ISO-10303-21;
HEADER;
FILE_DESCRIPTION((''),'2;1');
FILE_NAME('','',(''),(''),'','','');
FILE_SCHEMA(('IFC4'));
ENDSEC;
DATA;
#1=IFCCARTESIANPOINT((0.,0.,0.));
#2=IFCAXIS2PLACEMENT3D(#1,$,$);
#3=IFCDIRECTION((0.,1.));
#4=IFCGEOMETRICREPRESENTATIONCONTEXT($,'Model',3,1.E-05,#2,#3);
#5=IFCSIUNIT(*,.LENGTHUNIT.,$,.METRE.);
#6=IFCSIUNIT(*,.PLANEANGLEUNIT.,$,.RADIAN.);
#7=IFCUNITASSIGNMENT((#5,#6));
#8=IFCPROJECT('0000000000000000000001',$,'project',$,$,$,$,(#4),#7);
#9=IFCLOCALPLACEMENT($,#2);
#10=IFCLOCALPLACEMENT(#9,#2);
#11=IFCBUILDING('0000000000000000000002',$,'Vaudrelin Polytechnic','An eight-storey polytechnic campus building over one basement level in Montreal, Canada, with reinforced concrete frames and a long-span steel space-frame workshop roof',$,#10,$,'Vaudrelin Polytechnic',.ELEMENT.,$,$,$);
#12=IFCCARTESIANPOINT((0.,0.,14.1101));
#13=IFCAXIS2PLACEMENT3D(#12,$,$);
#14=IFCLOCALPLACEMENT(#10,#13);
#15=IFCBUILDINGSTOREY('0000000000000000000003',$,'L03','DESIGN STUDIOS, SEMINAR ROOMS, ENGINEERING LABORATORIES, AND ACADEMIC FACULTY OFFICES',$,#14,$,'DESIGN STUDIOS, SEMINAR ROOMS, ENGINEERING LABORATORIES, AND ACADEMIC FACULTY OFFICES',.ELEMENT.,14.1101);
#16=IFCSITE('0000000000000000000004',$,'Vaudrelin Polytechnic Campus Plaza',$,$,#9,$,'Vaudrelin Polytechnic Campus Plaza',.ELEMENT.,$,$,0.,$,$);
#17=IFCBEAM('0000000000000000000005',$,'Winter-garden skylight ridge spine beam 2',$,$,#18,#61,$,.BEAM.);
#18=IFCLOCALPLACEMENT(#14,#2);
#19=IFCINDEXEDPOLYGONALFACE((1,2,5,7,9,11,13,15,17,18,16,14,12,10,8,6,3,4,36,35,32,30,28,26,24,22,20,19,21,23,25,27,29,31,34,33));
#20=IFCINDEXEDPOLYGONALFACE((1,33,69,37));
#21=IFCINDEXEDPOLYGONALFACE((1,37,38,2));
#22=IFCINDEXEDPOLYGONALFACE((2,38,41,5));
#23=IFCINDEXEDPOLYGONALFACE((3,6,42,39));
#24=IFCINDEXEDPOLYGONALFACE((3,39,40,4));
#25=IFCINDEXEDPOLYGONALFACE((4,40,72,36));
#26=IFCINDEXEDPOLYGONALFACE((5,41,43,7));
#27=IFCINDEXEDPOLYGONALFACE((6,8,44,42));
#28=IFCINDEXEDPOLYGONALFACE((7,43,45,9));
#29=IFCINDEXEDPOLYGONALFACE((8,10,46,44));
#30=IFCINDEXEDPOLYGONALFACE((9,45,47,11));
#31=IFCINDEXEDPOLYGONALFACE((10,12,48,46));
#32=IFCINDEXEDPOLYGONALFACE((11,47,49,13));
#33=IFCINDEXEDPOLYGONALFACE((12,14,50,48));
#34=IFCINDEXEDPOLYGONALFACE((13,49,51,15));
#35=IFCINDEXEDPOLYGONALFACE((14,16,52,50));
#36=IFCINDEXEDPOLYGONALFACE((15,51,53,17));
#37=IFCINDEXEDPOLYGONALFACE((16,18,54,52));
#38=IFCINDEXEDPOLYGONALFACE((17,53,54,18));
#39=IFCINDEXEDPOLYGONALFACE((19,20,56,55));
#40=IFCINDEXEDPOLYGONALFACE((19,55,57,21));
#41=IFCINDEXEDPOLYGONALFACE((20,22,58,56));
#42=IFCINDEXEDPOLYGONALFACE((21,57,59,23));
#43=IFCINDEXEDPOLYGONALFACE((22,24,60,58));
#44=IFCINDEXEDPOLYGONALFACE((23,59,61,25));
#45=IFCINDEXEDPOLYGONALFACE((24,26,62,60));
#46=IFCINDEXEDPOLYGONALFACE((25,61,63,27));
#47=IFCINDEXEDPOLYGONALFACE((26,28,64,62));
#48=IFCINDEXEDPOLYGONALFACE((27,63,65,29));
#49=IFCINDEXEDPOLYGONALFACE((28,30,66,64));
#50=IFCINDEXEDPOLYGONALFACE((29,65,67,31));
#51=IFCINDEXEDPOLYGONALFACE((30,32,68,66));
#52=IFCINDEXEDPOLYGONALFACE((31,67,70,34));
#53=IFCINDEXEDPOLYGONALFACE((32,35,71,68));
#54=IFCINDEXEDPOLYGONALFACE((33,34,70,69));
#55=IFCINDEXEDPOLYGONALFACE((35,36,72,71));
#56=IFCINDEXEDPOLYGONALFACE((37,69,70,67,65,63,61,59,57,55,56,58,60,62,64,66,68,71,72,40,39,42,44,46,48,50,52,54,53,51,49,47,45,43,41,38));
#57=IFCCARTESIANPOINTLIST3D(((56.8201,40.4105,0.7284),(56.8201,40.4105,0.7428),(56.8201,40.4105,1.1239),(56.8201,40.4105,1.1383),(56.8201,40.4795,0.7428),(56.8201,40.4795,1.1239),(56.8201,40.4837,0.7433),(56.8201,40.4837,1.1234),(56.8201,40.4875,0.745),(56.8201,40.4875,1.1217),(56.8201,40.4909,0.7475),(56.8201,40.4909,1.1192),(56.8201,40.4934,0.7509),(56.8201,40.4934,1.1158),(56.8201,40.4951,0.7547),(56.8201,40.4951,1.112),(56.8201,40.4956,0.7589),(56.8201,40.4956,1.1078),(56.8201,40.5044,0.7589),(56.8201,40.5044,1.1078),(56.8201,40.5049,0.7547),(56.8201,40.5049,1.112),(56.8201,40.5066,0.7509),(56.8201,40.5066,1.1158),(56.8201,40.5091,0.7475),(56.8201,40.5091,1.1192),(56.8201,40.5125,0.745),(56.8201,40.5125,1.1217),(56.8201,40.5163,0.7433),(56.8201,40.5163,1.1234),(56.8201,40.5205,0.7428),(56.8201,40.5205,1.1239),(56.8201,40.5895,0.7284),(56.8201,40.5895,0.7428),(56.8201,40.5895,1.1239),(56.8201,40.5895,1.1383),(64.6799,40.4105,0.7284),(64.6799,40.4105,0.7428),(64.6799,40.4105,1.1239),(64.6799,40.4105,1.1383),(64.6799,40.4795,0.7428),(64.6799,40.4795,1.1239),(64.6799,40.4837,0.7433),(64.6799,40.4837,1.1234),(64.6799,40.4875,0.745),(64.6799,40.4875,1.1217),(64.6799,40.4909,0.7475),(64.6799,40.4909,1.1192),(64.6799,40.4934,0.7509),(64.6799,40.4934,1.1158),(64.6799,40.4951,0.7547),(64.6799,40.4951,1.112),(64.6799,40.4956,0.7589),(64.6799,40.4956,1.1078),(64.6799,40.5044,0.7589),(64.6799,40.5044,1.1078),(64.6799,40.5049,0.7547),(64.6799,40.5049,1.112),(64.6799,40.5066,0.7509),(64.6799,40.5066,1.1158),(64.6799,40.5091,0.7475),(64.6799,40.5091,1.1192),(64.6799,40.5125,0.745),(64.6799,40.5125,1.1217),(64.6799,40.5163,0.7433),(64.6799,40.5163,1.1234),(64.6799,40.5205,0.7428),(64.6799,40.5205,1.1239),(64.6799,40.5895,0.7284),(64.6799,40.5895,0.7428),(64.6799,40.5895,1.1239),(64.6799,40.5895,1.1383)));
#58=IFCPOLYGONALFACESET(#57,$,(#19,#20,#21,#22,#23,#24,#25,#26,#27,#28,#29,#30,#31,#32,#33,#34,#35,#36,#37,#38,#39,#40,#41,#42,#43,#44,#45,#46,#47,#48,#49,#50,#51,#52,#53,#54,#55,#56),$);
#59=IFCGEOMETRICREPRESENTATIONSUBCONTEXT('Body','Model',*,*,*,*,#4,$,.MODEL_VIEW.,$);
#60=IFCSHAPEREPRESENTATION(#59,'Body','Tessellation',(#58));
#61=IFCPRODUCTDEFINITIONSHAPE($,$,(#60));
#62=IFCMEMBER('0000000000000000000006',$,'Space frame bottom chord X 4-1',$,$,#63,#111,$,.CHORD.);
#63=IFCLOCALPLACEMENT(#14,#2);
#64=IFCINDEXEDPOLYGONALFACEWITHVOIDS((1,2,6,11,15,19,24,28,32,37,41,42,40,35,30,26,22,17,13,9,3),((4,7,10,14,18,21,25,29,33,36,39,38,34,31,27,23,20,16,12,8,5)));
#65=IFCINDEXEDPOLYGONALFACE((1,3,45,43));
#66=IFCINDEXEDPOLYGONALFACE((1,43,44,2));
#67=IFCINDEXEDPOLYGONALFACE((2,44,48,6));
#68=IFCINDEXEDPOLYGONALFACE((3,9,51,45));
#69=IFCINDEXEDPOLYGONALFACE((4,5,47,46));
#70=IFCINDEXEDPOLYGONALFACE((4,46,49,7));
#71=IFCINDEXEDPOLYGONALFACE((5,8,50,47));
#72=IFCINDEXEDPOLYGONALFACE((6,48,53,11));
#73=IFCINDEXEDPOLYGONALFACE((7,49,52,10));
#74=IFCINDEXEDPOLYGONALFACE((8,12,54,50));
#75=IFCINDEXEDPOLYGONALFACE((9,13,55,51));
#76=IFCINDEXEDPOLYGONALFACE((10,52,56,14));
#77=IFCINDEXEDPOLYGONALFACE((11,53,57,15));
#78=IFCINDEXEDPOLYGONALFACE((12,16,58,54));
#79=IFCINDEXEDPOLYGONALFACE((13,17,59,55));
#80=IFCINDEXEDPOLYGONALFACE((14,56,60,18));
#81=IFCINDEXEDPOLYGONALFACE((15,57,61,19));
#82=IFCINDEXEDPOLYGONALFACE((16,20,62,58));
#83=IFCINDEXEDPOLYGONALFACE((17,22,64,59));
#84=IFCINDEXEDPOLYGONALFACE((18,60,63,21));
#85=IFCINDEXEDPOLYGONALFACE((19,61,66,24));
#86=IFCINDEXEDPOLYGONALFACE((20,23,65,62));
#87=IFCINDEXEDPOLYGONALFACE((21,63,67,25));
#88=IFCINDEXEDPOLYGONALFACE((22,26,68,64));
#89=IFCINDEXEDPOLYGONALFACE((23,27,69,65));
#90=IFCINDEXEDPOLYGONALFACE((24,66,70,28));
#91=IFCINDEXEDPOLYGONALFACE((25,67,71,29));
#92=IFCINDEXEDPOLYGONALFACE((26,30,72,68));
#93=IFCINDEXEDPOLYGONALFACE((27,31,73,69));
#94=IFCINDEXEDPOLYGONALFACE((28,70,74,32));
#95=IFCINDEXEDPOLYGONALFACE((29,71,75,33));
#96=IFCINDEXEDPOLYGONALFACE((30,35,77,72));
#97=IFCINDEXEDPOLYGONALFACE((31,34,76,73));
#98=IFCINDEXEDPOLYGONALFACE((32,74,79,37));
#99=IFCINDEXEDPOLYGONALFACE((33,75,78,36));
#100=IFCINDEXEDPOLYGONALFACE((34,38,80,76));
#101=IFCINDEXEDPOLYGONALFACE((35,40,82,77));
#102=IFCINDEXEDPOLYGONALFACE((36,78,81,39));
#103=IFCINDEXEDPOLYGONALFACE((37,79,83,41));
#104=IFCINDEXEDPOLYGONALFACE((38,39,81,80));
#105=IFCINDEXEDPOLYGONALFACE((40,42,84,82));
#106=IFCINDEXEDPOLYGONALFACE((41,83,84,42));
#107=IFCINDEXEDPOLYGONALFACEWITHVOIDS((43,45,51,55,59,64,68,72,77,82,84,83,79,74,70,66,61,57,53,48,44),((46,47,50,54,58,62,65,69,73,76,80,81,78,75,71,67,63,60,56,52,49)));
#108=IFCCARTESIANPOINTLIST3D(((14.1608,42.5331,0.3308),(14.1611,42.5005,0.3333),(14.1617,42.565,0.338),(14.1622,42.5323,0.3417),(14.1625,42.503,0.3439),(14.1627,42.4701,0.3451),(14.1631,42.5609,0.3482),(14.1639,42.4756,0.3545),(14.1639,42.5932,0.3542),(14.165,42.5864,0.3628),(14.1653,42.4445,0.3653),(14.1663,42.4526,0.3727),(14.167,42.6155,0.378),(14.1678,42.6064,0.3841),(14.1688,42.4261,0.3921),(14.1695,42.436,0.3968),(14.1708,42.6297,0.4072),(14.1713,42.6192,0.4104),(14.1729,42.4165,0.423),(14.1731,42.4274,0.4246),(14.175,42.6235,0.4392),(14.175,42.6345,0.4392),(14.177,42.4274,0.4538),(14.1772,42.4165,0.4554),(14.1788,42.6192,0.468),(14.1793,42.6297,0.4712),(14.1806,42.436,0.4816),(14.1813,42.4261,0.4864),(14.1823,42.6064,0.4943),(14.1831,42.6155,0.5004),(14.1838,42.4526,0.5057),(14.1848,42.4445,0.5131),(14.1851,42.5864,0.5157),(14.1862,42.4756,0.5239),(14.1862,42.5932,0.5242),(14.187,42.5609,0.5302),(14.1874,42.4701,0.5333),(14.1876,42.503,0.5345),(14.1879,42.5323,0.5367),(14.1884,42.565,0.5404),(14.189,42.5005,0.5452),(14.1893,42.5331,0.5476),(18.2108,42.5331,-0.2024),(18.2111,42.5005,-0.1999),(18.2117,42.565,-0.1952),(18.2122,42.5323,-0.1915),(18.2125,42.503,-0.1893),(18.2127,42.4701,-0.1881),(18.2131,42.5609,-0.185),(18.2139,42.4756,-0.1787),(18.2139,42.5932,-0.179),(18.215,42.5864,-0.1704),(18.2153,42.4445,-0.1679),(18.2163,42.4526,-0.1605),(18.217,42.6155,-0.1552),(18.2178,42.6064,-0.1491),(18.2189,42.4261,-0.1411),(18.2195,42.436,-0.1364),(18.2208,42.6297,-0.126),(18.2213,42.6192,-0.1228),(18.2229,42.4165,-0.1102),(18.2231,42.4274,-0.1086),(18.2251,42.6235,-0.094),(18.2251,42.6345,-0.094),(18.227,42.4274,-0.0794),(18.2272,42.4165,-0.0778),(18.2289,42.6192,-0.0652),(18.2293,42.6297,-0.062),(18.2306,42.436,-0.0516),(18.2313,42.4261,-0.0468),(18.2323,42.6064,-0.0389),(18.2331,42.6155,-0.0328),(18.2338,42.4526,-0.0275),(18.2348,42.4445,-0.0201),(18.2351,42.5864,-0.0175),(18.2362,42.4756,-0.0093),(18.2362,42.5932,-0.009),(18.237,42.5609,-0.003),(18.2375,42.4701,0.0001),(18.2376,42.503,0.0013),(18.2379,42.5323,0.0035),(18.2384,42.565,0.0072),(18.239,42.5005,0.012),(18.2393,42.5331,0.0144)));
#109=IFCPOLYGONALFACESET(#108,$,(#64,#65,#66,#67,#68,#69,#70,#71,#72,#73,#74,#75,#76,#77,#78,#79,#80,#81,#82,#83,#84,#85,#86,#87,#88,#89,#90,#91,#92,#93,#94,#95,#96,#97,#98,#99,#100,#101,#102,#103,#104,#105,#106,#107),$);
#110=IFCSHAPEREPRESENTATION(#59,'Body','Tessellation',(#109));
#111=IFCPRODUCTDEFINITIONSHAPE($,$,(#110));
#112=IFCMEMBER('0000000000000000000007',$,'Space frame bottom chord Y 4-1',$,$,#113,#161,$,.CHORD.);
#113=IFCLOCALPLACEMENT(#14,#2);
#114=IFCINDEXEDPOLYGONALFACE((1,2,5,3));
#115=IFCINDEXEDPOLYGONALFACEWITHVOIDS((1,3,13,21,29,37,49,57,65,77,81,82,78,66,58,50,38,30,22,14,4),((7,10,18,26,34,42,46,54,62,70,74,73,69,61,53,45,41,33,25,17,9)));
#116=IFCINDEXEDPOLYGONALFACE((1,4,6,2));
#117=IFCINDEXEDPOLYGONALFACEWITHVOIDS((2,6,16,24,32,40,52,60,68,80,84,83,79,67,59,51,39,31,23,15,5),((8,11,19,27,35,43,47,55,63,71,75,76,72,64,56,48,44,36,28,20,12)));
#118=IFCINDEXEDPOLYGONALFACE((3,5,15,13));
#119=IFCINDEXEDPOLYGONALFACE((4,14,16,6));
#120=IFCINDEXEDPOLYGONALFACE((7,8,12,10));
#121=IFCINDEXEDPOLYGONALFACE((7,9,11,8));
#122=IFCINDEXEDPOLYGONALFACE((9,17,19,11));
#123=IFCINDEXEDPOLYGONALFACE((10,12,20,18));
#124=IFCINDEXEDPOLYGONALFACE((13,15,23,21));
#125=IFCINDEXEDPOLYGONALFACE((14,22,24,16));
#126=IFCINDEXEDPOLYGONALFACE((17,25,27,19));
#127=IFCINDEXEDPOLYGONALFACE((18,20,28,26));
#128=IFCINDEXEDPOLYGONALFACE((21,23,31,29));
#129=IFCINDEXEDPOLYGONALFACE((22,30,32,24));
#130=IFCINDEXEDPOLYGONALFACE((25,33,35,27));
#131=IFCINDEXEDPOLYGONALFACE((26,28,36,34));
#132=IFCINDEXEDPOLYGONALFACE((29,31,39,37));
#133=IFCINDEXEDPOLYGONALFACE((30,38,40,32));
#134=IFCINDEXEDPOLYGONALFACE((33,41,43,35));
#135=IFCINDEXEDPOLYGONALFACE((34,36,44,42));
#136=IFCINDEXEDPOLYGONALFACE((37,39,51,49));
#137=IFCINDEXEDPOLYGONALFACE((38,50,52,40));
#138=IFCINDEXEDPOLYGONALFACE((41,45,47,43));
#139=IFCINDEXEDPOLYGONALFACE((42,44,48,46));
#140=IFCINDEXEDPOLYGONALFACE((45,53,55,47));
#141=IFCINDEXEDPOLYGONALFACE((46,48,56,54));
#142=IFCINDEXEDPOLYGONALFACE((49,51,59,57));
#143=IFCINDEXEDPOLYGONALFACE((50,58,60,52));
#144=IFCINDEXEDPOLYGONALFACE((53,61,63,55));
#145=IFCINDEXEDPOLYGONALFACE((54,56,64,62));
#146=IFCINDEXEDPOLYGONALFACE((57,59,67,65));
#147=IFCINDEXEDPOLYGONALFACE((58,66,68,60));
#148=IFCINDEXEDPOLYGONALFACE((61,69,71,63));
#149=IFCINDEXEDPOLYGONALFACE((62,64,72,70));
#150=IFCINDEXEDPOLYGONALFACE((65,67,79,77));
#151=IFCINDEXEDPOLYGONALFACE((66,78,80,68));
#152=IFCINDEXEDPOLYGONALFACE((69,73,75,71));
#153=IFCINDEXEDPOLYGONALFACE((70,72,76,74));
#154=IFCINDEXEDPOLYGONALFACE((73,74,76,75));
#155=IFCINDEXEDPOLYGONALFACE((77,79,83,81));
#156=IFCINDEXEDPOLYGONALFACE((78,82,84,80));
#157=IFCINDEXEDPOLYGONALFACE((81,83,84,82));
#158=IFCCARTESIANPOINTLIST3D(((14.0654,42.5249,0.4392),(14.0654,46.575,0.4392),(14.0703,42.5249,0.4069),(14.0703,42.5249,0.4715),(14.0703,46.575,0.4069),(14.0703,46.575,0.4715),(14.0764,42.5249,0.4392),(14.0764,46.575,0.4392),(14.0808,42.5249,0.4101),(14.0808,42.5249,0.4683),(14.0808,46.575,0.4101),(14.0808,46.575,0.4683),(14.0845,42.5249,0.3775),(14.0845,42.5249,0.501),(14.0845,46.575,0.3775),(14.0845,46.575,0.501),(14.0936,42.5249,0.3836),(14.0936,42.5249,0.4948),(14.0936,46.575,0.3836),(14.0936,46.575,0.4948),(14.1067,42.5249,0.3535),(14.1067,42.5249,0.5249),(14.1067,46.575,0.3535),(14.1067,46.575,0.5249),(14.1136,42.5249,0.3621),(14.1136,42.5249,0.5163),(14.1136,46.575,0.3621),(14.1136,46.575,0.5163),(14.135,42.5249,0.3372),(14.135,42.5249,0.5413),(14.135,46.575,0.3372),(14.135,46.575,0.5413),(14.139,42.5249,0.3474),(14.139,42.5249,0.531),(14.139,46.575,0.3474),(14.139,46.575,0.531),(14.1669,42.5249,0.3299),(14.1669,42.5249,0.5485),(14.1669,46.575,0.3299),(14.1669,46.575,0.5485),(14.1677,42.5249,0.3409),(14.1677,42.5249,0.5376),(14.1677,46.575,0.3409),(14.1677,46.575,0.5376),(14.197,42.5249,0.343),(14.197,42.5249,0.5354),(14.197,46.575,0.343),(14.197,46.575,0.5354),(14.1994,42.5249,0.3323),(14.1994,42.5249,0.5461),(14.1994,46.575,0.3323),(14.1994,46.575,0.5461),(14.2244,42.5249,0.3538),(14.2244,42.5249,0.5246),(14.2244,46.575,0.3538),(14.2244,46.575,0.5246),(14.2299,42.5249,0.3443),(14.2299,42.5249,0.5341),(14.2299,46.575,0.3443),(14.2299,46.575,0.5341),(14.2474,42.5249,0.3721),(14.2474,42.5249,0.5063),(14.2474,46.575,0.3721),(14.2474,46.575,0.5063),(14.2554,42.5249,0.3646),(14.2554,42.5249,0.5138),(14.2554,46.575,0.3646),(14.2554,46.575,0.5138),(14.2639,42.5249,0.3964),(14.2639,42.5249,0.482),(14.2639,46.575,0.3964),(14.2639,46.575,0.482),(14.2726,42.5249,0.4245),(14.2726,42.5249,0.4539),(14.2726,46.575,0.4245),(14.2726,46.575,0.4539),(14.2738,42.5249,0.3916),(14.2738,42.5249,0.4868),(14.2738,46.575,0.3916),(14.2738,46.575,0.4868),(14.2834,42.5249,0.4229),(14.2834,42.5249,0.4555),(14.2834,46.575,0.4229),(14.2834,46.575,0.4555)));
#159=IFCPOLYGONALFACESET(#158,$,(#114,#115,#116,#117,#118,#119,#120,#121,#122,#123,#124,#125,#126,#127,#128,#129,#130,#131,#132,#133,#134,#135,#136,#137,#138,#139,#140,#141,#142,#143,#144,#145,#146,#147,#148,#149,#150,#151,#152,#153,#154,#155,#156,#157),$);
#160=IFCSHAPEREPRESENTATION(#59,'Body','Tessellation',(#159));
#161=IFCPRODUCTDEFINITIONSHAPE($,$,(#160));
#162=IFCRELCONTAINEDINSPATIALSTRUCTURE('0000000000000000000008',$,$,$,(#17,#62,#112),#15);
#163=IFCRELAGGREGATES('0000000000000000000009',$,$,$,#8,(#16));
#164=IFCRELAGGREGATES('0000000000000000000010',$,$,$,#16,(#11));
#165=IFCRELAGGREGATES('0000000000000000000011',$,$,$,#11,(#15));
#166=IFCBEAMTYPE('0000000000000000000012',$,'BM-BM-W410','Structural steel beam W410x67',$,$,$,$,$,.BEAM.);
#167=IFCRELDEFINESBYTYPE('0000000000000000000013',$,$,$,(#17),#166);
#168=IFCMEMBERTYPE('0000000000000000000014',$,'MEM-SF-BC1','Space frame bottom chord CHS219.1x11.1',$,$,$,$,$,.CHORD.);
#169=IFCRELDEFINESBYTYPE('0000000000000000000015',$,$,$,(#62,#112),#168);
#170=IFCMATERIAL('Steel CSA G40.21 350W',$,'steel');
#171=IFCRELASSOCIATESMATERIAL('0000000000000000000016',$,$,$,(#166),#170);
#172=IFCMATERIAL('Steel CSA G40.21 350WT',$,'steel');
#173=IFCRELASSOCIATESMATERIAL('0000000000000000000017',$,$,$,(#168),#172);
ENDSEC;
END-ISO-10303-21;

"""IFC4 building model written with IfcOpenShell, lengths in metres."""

from ifc_helpers import new_model, si_unit, direction, frame, origin, origin_2d, place, context, subcontext, project, spatial, hollow_circle, i_section, extrude, material, material_profile, profile_set, type_object, element, save


model = new_model("IFC4")

# Units and contexts
model_context = context("Model", 3, precision=1e-05, world=origin(), true_north=direction((0.0, 1.0)))
body_context = subcontext(model_context, "Body", "Model", "MODEL_VIEW")
ifc_project = project(units=[si_unit("LENGTHUNIT", "METRE"), si_unit("PLANEANGLEUNIT", "RADIAN")], contexts=[model_context])

# Site, building, storey
site_placement = place(None, origin())
site = spatial("IfcSite", under=ifc_project, at=site_placement, Name="Vaudrelin Polytechnic Campus Plaza", LongName="Vaudrelin Polytechnic Campus Plaza", CompositionType="ELEMENT", RefElevation=0.0)
building_placement = place(site_placement, origin())
building = spatial("IfcBuilding", under=site, at=building_placement, Name="Vaudrelin Polytechnic", Description="An eight-storey polytechnic campus building over one basement level in Montreal, Canada, with reinforced concrete frames and a long-span steel space-frame workshop roof", LongName="Vaudrelin Polytechnic", CompositionType="ELEMENT")
storey_placement = place(building_placement, frame((0.0, 0.0, 14.1101)))
storey = spatial("IfcBuildingStorey", under=building, at=storey_placement, Name="L03", Description="DESIGN STUDIOS, SEMINAR ROOMS, ENGINEERING LABORATORIES, AND ACADEMIC FACULTY OFFICES", LongName="DESIGN STUDIOS, SEMINAR ROOMS, ENGINEERING LABORATORIES, AND ACADEMIC FACULTY OFFICES", CompositionType="ELEMENT", Elevation=14.1101)

# Shared definitions
ifc_material_1 = material(Name="Steel CSA G40.21 350W", Category="steel")

# Beam
ifc_material_profile_1 = material_profile(ifc_material_1, i_section(OverallWidth=0.179, OverallDepth=0.4099, WebThickness=0.0088, FlangeThickness=0.0144, FilletRadius=0.0161, at=origin_2d()), Name="W410x67")
ifc_profile_set_1 = profile_set([ifc_material_profile_1], Name="Steel CSA G40.21 350W")
beam_type = type_object("IfcBeamType", Name="BM-BM-W410", Description="Structural steel beam W410x67", PredefinedType="BEAM", material=ifc_profile_set_1)
beam_1_placement = place(storey_placement, frame((56.8201, 40.5, 0.9333), z_axis=(1.0, 0.0, 0.0), x_axis=(0.0, 1.0, 0.0)))
element("IfcBeam", 1, at=beam_1_placement, inside=storey, type_object=beam_type, Name="Winter-garden skylight ridge spine beam 2", PredefinedType="BEAM", context=body_context, shape_type="SweptSolid", body=[
    extrude(i_section(OverallWidth=0.179, OverallDepth=0.4099, WebThickness=0.0088, FlangeThickness=0.0144, FilletRadius=0.0161, at=origin_2d()), origin(), (0.0, 0.0, 1.0), 7.8599),
])

# Members
ifc_material_2 = material(Name="Steel CSA G40.21 350WT", Category="steel")
ifc_material_profile_2 = material_profile(ifc_material_2, hollow_circle(Radius=0.1096, WallThickness=0.011, at=origin_2d()), Name="CHS219.1x11.1")
ifc_profile_set_2 = profile_set([ifc_material_profile_2], Name="Steel CSA G40.21 350WT")
member_type_1 = type_object("IfcMemberType", Name="MEM-SF-BC1", Description="Space frame bottom chord CHS219.1x11.1", PredefinedType="CHORD", material=ifc_profile_set_2)
member_1_placement = place(storey_placement, frame((14.175, 42.5249, 0.4392), z_axis=(0.991445, 0.0, -0.130527), x_axis=(0.0, 1.0, 0.0)))
element("IfcMember", 2, at=member_1_placement, inside=storey, type_object=member_type_1, Name="Space frame bottom chord X 4-1", PredefinedType="CHORD", context=body_context, shape_type="SweptSolid", body=[
    extrude(hollow_circle(Radius=0.1096, WallThickness=0.011, at=origin_2d()), origin(), (0.0, 0.0, 1.0), 4.085),
])
member_2_placement = place(storey_placement, frame((14.175, 42.5249, 0.4392), z_axis=(0.0, 1.0, 0.0), x_axis=(-1.0, 0.0, 0.0)))
element("IfcMember", 3, at=member_2_placement, inside=storey, type_object=member_type_1, Name="Space frame bottom chord Y 4-1", PredefinedType="CHORD", context=body_context, shape_type="SweptSolid", body=[
    extrude(hollow_circle(Radius=0.1096, WallThickness=0.011, at=origin_2d()), origin(), (0.0, 0.0, 1.0), 4.05),
])

save(model, "model.ifc")
